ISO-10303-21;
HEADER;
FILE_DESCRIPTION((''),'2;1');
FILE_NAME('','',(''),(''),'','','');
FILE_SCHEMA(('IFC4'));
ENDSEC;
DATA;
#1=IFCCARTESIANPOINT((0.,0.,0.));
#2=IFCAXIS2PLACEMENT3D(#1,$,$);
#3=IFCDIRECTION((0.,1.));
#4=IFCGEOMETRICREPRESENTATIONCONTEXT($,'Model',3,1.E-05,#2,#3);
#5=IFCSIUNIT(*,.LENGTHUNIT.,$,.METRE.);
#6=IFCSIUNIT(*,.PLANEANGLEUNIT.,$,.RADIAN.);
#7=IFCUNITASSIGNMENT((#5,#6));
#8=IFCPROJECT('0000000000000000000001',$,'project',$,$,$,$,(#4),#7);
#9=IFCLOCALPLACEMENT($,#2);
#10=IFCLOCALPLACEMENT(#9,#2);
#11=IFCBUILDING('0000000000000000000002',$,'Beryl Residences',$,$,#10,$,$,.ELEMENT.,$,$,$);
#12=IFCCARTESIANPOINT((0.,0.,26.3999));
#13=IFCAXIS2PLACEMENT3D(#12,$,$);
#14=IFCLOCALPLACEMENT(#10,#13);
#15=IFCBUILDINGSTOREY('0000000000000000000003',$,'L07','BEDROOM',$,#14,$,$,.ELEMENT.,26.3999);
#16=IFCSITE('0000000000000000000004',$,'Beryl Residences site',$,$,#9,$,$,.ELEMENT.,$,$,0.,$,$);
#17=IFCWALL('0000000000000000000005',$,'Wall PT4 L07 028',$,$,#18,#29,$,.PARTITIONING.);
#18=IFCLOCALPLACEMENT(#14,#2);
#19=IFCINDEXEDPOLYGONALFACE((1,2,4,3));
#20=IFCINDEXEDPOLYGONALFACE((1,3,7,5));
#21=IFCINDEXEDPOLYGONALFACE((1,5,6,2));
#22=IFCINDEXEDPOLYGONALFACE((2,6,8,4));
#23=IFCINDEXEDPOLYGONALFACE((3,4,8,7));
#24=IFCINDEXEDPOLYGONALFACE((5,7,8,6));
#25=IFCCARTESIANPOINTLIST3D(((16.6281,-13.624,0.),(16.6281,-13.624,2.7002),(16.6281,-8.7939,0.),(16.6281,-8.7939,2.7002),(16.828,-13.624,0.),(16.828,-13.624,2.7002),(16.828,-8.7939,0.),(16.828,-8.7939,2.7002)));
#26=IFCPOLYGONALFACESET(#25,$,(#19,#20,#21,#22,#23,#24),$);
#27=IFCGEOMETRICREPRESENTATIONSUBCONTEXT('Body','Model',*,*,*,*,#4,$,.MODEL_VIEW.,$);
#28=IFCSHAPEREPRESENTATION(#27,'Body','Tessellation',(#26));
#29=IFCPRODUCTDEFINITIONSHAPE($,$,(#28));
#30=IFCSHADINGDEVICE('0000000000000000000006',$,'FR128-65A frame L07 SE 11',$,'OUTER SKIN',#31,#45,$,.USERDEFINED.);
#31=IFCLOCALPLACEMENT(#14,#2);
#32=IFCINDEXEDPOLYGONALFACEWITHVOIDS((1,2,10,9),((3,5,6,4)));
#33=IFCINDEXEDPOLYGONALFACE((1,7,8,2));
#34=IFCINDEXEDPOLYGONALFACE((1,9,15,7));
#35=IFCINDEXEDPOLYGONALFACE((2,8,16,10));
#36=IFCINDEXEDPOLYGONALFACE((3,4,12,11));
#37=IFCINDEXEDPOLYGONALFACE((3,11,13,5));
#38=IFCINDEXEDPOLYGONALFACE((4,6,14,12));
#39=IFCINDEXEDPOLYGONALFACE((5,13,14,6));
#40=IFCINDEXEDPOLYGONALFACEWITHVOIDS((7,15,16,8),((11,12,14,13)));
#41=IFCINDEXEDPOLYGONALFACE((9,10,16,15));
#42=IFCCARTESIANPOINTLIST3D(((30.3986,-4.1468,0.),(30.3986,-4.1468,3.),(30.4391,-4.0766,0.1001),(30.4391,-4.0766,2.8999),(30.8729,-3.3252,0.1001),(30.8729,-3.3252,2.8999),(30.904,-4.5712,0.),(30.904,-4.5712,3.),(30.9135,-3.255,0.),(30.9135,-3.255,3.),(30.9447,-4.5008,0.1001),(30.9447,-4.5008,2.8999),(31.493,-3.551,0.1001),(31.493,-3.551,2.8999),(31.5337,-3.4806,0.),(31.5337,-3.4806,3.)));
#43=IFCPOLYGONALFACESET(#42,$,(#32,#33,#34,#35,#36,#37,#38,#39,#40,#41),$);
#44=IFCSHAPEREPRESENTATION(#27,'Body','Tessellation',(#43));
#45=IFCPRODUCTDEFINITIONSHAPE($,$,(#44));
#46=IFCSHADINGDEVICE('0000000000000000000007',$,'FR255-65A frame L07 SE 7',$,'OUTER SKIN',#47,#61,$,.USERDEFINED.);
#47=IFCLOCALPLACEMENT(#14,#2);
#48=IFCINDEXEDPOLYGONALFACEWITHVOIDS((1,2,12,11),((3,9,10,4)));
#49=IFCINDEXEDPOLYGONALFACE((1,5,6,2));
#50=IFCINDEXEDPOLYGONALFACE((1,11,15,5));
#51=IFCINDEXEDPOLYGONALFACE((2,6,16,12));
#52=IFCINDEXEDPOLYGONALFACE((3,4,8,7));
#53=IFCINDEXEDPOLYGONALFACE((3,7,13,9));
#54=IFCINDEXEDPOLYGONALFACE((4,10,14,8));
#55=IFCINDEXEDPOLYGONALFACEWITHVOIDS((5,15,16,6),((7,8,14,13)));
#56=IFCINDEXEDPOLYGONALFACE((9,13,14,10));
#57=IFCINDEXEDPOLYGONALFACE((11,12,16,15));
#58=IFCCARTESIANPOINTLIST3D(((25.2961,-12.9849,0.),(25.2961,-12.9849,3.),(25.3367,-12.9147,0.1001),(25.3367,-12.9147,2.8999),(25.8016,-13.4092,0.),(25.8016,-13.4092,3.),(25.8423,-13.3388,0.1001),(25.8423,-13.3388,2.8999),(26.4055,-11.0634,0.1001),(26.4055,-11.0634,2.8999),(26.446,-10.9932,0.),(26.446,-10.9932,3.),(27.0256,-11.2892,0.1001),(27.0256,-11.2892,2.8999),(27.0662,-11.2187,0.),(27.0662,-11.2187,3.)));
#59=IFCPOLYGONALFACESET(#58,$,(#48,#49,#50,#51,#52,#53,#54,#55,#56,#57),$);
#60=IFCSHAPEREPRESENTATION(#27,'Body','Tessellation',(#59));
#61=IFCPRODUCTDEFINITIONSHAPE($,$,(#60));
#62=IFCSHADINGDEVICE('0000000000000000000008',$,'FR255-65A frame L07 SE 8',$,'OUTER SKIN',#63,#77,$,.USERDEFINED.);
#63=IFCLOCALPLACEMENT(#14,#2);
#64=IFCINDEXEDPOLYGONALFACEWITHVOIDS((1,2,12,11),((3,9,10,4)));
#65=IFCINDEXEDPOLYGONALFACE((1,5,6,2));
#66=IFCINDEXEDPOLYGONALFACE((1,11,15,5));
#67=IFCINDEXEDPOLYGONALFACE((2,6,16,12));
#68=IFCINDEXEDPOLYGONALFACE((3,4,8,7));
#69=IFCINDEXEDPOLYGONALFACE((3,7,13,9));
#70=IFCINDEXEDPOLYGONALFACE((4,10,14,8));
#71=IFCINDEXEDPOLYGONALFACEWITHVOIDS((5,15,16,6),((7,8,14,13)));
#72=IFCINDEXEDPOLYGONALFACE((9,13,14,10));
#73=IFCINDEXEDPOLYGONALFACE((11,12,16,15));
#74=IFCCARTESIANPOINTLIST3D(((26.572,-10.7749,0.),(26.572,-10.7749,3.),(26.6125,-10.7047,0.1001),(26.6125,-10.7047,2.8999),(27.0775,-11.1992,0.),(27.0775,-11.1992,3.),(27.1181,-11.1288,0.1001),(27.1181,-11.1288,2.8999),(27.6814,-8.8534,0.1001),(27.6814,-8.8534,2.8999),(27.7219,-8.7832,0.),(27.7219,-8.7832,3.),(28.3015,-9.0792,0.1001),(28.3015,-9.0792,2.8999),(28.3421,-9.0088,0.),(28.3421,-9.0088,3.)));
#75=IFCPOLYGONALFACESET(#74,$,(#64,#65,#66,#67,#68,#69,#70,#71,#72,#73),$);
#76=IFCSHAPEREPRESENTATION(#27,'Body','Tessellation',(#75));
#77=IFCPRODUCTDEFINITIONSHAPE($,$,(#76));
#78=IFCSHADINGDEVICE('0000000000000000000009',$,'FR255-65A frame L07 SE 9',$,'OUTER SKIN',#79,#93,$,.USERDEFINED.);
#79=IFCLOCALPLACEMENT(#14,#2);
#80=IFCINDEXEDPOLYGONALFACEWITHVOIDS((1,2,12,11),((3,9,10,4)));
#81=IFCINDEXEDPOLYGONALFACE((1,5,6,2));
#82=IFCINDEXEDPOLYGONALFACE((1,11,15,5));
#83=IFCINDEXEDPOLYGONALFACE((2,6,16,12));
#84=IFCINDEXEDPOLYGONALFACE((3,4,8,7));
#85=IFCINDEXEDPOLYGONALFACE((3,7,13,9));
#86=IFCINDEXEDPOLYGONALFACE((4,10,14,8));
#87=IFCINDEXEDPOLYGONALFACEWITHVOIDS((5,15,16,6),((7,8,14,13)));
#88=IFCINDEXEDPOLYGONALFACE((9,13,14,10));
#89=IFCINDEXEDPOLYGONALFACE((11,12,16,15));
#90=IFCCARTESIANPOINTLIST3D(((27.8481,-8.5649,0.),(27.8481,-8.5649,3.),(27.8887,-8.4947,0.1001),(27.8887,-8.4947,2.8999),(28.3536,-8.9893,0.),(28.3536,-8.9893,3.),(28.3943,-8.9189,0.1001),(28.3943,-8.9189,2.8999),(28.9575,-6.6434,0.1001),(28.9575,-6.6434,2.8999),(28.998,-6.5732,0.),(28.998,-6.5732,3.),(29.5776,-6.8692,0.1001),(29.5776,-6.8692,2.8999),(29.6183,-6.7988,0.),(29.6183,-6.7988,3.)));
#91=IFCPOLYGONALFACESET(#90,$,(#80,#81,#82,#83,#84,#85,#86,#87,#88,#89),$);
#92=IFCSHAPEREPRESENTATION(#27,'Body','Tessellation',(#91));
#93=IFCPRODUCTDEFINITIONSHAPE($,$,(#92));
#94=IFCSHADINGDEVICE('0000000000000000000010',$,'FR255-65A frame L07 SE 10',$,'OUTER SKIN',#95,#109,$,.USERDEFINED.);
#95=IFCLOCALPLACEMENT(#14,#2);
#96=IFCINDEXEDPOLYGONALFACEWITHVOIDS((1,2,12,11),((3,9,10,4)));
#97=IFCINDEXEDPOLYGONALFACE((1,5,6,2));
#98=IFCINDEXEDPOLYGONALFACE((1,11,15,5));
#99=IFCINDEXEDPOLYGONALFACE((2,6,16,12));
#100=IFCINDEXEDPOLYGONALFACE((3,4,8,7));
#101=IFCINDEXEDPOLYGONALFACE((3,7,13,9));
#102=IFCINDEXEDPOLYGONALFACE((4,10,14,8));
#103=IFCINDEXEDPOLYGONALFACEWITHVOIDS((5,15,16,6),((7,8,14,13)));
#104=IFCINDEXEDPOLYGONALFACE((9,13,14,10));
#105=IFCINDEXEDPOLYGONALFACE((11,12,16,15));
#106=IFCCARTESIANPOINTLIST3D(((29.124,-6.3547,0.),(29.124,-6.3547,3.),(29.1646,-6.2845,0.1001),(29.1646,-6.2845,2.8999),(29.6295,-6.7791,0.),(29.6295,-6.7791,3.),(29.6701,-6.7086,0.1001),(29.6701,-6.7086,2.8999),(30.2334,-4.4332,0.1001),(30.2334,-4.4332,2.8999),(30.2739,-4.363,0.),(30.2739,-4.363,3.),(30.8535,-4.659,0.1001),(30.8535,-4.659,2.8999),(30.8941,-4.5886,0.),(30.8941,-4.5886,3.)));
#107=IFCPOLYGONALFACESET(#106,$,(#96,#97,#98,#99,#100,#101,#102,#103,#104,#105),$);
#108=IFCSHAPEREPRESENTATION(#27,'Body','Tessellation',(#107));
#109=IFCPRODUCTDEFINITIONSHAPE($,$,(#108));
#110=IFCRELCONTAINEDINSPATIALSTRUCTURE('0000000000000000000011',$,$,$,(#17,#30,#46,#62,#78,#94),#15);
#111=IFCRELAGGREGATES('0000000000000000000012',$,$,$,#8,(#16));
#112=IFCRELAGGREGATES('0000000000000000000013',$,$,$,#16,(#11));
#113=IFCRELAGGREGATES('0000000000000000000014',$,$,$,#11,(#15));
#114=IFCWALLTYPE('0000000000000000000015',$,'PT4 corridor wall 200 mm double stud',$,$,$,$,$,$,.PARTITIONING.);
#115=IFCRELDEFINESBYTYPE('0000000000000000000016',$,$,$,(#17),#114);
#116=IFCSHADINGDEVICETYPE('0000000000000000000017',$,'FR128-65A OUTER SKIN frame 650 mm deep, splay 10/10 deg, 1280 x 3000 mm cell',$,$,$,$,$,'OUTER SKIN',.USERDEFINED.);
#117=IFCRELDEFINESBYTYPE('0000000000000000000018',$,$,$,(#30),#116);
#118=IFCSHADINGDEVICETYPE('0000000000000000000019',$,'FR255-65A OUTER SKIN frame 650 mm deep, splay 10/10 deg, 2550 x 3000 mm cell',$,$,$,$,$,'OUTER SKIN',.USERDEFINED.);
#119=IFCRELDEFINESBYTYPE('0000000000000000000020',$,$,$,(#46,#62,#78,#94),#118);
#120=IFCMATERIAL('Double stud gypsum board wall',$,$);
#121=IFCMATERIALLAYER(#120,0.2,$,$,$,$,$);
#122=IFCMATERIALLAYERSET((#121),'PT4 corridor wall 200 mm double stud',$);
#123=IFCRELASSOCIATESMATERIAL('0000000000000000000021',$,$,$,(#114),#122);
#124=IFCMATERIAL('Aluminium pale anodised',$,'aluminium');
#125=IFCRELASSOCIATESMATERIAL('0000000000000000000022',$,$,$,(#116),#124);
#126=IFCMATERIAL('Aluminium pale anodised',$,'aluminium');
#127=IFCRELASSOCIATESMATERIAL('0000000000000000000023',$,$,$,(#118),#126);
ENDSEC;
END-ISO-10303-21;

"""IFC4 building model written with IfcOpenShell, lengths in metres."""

from ifc_helpers import new_model, entity, si_unit, direction, frame, frame_2d, origin, place, context, subcontext, project, spatial, rectangle, extrude, source, transform, mapped, material, layer, layer_set, type_object, type_shapes, element, save


model = new_model("IFC4")

# Units and contexts
model_context = context("Model", 3, precision=1e-05, world=origin(), true_north=direction((0.0, 1.0)))
body_context = subcontext(model_context, "Body", "Model", "MODEL_VIEW")
ifc_project = project(units=[si_unit("LENGTHUNIT", "METRE"), si_unit("PLANEANGLEUNIT", "RADIAN")], contexts=[model_context])

# Site, building, storey
site_placement = place(None, origin())
site = spatial("IfcSite", under=ifc_project, at=site_placement, Name="Beryl Residences site", CompositionType="ELEMENT", RefElevation=0.0)
building_placement = place(site_placement, origin())
building = spatial("IfcBuilding", under=site, at=building_placement, Name="Beryl Residences", CompositionType="ELEMENT")
storey_placement = place(building_placement, frame((0.0, 0.0, 26.3999)))
storey = spatial("IfcBuildingStorey", under=building, at=storey_placement, Name="L07", Description="BEDROOM", CompositionType="ELEMENT", Elevation=26.3999)

# Shared definitions
ifc_material_1 = material(Name="Double stud gypsum board wall")
ifc_layer_1 = layer(ifc_material_1, 0.2)
ifc_layer_set_1 = layer_set([ifc_layer_1], Name="PT4 corridor wall 200 mm double stud")
wall_type_1 = type_object("IfcWallType", Name="PT4 corridor wall 200 mm double stud", PredefinedType="PARTITIONING", material=ifc_layer_set_1)

# Wall
wall_1_placement = place(storey_placement, frame((16.728, -13.624, 0.0), z_axis=(0.0, 0.0, 1.0), x_axis=(0.0, 1.0, 0.0)))
element("IfcWall", 1, at=wall_1_placement, inside=storey, type_object=wall_type_1, Name="Wall PT4 L07 028", PredefinedType="PARTITIONING", context=body_context, shape_type="SweptSolid", body=[
    extrude(rectangle(XDim=4.8301, YDim=0.2, at=frame_2d((2.415, 0.0))), origin(), (0.0, 0.0, 1.0), 2.7002),
])

# Shading devices
ifc_material_2 = material(Name="Aluminium pale anodised", Category="aluminium")
shading_device_type_1 = type_object("IfcShadingDeviceType", Name="FR128-65A OUTER SKIN frame 650 mm deep, splay 10/10 deg, 1280 x 3000 mm cell", ElementType="OUTER SKIN", PredefinedType="USERDEFINED", material=ifc_material_2)
cartesian_point_1 = entity("IfcCartesianPoint", [-0.5149, 0.0])
cartesian_point_2 = entity("IfcCartesianPoint", [-0.4338, 0.1001])
cartesian_point_3 = entity("IfcCartesianPoint", [-0.6296, 0.0])
cartesian_point_4 = entity("IfcCartesianPoint", [-0.5483, 0.1001])
shared_shape_1 = source(origin(), body_context, "Body", "SweptSolid", [
    entity("IfcExtrudedAreaSolidTapered", entity("IfcArbitraryProfileDefWithVoids", "AREA", None, entity("IfcPolyline", [cartesian_point_1, entity("IfcCartesianPoint", [0.5149, 0.0]), entity("IfcCartesianPoint", [0.5149, 3.0]), entity("IfcCartesianPoint", [-0.5149, 3.0]), cartesian_point_1]), [entity("IfcPolyline", [cartesian_point_2, entity("IfcCartesianPoint", [0.4338, 0.1001]), entity("IfcCartesianPoint", [0.4338, 2.8999]), entity("IfcCartesianPoint", [-0.4338, 2.8999]), cartesian_point_2])]), entity("IfcAxis2Placement3D", entity("IfcCartesianPoint", [0.0, 0.0, 0.0]), entity("IfcDirection", [0.0, 1.0, 0.0]), entity("IfcDirection", [-1.0, 0.0, 0.0])), entity("IfcDirection", [0.0, 0.0, 1.0]), 0.6499, entity("IfcArbitraryProfileDefWithVoids", "AREA", None, entity("IfcPolyline", [cartesian_point_3, entity("IfcCartesianPoint", [0.6296, 0.0]), entity("IfcCartesianPoint", [0.6296, 3.0]), entity("IfcCartesianPoint", [-0.6296, 3.0]), cartesian_point_3]), [entity("IfcPolyline", [cartesian_point_4, entity("IfcCartesianPoint", [0.5483, 0.1001]), entity("IfcCartesianPoint", [0.5483, 2.8999]), entity("IfcCartesianPoint", [-0.5483, 2.8999]), cartesian_point_4])])),
])
type_shapes(shading_device_type_1, [shared_shape_1])
shading_device_placement = place(storey_placement, frame((30.656, -3.7009, 0.0), z_axis=(0.0, 0.0, 1.0), x_axis=(-0.5, -0.866025, 0.0)))
element("IfcShadingDevice", 2, at=shading_device_placement, inside=storey, type_object=shading_device_type_1, Name="FR128-65A frame L07 SE 11", ObjectType="OUTER SKIN", PredefinedType="USERDEFINED", context=body_context, shape_type="MappedRepresentation", body=[
    mapped(shared_shape_1, transform((0.0, 0.0, 0.0))),
])
ifc_material_3 = material(Name="Aluminium pale anodised", Category="aluminium")
shading_device_type_2 = type_object("IfcShadingDeviceType", Name="FR255-65A OUTER SKIN frame 650 mm deep, splay 10/10 deg, 2550 x 3000 mm cell", ElementType="OUTER SKIN", PredefinedType="USERDEFINED", material=ifc_material_3)
cartesian_point_5 = entity("IfcCartesianPoint", [-1.1499, 0.0])
cartesian_point_6 = entity("IfcCartesianPoint", [-1.0688, 0.1001])
cartesian_point_7 = entity("IfcCartesianPoint", [-1.2646, 0.0])
cartesian_point_8 = entity("IfcCartesianPoint", [-1.1833, 0.1001])
shared_shape_2 = source(origin(), body_context, "Body", "SweptSolid", [
    entity("IfcExtrudedAreaSolidTapered", entity("IfcArbitraryProfileDefWithVoids", "AREA", None, entity("IfcPolyline", [cartesian_point_5, entity("IfcCartesianPoint", [1.1499, 0.0]), entity("IfcCartesianPoint", [1.1499, 3.0]), entity("IfcCartesianPoint", [-1.1499, 3.0]), cartesian_point_5]), [entity("IfcPolyline", [cartesian_point_6, entity("IfcCartesianPoint", [1.0688, 0.1001]), entity("IfcCartesianPoint", [1.0688, 2.8999]), entity("IfcCartesianPoint", [-1.0688, 2.8999]), cartesian_point_6])]), entity("IfcAxis2Placement3D", entity("IfcCartesianPoint", [0.0, 0.0, 0.0]), entity("IfcDirection", [0.0, 1.0, 0.0]), entity("IfcDirection", [-1.0, 0.0, 0.0])), entity("IfcDirection", [0.0, 0.0, 1.0]), 0.6499, entity("IfcArbitraryProfileDefWithVoids", "AREA", None, entity("IfcPolyline", [cartesian_point_7, entity("IfcCartesianPoint", [1.2646, 0.0]), entity("IfcCartesianPoint", [1.2646, 3.0]), entity("IfcCartesianPoint", [-1.2646, 3.0]), cartesian_point_7]), [entity("IfcPolyline", [cartesian_point_8, entity("IfcCartesianPoint", [1.1833, 0.1001]), entity("IfcCartesianPoint", [1.1833, 2.8999]), entity("IfcCartesianPoint", [-1.1833, 2.8999]), cartesian_point_8])])),
])
type_shapes(shading_device_type_2, [shared_shape_2])
for number, where, z_axis, x_axis, name in (
    (3, (25.8711, -11.989, 0.0), (0.0, 0.0, 1.0), (-0.5, -0.866025, 0.0), "FR255-65A frame L07 SE 7"),
    (4, (27.147, -9.7791, 0.0), (0.0, 0.0, 1.0), (-0.5, -0.866025, 0.0), "FR255-65A frame L07 SE 8"),
    (5, (28.4231, -7.5691, 0.0), (0.0, 0.0, 1.0), (-0.5, -0.866025, 0.0), "FR255-65A frame L07 SE 9"),
    (6, (29.699, -5.3589, 0.0), (0.0, 0.0, 1.0), (-0.5, -0.866025, 0.0), "FR255-65A frame L07 SE 10"),
):
    element("IfcShadingDevice", number, at=place(storey_placement, frame(where, z_axis=z_axis, x_axis=x_axis)), inside=storey, type_object=shading_device_type_2, Name=name, ObjectType="OUTER SKIN", PredefinedType="USERDEFINED", context=body_context, shape_type="MappedRepresentation", body=[
        mapped(shared_shape_2, transform((0.0, 0.0, 0.0))),
    ])

save(model, "model.ifc")
